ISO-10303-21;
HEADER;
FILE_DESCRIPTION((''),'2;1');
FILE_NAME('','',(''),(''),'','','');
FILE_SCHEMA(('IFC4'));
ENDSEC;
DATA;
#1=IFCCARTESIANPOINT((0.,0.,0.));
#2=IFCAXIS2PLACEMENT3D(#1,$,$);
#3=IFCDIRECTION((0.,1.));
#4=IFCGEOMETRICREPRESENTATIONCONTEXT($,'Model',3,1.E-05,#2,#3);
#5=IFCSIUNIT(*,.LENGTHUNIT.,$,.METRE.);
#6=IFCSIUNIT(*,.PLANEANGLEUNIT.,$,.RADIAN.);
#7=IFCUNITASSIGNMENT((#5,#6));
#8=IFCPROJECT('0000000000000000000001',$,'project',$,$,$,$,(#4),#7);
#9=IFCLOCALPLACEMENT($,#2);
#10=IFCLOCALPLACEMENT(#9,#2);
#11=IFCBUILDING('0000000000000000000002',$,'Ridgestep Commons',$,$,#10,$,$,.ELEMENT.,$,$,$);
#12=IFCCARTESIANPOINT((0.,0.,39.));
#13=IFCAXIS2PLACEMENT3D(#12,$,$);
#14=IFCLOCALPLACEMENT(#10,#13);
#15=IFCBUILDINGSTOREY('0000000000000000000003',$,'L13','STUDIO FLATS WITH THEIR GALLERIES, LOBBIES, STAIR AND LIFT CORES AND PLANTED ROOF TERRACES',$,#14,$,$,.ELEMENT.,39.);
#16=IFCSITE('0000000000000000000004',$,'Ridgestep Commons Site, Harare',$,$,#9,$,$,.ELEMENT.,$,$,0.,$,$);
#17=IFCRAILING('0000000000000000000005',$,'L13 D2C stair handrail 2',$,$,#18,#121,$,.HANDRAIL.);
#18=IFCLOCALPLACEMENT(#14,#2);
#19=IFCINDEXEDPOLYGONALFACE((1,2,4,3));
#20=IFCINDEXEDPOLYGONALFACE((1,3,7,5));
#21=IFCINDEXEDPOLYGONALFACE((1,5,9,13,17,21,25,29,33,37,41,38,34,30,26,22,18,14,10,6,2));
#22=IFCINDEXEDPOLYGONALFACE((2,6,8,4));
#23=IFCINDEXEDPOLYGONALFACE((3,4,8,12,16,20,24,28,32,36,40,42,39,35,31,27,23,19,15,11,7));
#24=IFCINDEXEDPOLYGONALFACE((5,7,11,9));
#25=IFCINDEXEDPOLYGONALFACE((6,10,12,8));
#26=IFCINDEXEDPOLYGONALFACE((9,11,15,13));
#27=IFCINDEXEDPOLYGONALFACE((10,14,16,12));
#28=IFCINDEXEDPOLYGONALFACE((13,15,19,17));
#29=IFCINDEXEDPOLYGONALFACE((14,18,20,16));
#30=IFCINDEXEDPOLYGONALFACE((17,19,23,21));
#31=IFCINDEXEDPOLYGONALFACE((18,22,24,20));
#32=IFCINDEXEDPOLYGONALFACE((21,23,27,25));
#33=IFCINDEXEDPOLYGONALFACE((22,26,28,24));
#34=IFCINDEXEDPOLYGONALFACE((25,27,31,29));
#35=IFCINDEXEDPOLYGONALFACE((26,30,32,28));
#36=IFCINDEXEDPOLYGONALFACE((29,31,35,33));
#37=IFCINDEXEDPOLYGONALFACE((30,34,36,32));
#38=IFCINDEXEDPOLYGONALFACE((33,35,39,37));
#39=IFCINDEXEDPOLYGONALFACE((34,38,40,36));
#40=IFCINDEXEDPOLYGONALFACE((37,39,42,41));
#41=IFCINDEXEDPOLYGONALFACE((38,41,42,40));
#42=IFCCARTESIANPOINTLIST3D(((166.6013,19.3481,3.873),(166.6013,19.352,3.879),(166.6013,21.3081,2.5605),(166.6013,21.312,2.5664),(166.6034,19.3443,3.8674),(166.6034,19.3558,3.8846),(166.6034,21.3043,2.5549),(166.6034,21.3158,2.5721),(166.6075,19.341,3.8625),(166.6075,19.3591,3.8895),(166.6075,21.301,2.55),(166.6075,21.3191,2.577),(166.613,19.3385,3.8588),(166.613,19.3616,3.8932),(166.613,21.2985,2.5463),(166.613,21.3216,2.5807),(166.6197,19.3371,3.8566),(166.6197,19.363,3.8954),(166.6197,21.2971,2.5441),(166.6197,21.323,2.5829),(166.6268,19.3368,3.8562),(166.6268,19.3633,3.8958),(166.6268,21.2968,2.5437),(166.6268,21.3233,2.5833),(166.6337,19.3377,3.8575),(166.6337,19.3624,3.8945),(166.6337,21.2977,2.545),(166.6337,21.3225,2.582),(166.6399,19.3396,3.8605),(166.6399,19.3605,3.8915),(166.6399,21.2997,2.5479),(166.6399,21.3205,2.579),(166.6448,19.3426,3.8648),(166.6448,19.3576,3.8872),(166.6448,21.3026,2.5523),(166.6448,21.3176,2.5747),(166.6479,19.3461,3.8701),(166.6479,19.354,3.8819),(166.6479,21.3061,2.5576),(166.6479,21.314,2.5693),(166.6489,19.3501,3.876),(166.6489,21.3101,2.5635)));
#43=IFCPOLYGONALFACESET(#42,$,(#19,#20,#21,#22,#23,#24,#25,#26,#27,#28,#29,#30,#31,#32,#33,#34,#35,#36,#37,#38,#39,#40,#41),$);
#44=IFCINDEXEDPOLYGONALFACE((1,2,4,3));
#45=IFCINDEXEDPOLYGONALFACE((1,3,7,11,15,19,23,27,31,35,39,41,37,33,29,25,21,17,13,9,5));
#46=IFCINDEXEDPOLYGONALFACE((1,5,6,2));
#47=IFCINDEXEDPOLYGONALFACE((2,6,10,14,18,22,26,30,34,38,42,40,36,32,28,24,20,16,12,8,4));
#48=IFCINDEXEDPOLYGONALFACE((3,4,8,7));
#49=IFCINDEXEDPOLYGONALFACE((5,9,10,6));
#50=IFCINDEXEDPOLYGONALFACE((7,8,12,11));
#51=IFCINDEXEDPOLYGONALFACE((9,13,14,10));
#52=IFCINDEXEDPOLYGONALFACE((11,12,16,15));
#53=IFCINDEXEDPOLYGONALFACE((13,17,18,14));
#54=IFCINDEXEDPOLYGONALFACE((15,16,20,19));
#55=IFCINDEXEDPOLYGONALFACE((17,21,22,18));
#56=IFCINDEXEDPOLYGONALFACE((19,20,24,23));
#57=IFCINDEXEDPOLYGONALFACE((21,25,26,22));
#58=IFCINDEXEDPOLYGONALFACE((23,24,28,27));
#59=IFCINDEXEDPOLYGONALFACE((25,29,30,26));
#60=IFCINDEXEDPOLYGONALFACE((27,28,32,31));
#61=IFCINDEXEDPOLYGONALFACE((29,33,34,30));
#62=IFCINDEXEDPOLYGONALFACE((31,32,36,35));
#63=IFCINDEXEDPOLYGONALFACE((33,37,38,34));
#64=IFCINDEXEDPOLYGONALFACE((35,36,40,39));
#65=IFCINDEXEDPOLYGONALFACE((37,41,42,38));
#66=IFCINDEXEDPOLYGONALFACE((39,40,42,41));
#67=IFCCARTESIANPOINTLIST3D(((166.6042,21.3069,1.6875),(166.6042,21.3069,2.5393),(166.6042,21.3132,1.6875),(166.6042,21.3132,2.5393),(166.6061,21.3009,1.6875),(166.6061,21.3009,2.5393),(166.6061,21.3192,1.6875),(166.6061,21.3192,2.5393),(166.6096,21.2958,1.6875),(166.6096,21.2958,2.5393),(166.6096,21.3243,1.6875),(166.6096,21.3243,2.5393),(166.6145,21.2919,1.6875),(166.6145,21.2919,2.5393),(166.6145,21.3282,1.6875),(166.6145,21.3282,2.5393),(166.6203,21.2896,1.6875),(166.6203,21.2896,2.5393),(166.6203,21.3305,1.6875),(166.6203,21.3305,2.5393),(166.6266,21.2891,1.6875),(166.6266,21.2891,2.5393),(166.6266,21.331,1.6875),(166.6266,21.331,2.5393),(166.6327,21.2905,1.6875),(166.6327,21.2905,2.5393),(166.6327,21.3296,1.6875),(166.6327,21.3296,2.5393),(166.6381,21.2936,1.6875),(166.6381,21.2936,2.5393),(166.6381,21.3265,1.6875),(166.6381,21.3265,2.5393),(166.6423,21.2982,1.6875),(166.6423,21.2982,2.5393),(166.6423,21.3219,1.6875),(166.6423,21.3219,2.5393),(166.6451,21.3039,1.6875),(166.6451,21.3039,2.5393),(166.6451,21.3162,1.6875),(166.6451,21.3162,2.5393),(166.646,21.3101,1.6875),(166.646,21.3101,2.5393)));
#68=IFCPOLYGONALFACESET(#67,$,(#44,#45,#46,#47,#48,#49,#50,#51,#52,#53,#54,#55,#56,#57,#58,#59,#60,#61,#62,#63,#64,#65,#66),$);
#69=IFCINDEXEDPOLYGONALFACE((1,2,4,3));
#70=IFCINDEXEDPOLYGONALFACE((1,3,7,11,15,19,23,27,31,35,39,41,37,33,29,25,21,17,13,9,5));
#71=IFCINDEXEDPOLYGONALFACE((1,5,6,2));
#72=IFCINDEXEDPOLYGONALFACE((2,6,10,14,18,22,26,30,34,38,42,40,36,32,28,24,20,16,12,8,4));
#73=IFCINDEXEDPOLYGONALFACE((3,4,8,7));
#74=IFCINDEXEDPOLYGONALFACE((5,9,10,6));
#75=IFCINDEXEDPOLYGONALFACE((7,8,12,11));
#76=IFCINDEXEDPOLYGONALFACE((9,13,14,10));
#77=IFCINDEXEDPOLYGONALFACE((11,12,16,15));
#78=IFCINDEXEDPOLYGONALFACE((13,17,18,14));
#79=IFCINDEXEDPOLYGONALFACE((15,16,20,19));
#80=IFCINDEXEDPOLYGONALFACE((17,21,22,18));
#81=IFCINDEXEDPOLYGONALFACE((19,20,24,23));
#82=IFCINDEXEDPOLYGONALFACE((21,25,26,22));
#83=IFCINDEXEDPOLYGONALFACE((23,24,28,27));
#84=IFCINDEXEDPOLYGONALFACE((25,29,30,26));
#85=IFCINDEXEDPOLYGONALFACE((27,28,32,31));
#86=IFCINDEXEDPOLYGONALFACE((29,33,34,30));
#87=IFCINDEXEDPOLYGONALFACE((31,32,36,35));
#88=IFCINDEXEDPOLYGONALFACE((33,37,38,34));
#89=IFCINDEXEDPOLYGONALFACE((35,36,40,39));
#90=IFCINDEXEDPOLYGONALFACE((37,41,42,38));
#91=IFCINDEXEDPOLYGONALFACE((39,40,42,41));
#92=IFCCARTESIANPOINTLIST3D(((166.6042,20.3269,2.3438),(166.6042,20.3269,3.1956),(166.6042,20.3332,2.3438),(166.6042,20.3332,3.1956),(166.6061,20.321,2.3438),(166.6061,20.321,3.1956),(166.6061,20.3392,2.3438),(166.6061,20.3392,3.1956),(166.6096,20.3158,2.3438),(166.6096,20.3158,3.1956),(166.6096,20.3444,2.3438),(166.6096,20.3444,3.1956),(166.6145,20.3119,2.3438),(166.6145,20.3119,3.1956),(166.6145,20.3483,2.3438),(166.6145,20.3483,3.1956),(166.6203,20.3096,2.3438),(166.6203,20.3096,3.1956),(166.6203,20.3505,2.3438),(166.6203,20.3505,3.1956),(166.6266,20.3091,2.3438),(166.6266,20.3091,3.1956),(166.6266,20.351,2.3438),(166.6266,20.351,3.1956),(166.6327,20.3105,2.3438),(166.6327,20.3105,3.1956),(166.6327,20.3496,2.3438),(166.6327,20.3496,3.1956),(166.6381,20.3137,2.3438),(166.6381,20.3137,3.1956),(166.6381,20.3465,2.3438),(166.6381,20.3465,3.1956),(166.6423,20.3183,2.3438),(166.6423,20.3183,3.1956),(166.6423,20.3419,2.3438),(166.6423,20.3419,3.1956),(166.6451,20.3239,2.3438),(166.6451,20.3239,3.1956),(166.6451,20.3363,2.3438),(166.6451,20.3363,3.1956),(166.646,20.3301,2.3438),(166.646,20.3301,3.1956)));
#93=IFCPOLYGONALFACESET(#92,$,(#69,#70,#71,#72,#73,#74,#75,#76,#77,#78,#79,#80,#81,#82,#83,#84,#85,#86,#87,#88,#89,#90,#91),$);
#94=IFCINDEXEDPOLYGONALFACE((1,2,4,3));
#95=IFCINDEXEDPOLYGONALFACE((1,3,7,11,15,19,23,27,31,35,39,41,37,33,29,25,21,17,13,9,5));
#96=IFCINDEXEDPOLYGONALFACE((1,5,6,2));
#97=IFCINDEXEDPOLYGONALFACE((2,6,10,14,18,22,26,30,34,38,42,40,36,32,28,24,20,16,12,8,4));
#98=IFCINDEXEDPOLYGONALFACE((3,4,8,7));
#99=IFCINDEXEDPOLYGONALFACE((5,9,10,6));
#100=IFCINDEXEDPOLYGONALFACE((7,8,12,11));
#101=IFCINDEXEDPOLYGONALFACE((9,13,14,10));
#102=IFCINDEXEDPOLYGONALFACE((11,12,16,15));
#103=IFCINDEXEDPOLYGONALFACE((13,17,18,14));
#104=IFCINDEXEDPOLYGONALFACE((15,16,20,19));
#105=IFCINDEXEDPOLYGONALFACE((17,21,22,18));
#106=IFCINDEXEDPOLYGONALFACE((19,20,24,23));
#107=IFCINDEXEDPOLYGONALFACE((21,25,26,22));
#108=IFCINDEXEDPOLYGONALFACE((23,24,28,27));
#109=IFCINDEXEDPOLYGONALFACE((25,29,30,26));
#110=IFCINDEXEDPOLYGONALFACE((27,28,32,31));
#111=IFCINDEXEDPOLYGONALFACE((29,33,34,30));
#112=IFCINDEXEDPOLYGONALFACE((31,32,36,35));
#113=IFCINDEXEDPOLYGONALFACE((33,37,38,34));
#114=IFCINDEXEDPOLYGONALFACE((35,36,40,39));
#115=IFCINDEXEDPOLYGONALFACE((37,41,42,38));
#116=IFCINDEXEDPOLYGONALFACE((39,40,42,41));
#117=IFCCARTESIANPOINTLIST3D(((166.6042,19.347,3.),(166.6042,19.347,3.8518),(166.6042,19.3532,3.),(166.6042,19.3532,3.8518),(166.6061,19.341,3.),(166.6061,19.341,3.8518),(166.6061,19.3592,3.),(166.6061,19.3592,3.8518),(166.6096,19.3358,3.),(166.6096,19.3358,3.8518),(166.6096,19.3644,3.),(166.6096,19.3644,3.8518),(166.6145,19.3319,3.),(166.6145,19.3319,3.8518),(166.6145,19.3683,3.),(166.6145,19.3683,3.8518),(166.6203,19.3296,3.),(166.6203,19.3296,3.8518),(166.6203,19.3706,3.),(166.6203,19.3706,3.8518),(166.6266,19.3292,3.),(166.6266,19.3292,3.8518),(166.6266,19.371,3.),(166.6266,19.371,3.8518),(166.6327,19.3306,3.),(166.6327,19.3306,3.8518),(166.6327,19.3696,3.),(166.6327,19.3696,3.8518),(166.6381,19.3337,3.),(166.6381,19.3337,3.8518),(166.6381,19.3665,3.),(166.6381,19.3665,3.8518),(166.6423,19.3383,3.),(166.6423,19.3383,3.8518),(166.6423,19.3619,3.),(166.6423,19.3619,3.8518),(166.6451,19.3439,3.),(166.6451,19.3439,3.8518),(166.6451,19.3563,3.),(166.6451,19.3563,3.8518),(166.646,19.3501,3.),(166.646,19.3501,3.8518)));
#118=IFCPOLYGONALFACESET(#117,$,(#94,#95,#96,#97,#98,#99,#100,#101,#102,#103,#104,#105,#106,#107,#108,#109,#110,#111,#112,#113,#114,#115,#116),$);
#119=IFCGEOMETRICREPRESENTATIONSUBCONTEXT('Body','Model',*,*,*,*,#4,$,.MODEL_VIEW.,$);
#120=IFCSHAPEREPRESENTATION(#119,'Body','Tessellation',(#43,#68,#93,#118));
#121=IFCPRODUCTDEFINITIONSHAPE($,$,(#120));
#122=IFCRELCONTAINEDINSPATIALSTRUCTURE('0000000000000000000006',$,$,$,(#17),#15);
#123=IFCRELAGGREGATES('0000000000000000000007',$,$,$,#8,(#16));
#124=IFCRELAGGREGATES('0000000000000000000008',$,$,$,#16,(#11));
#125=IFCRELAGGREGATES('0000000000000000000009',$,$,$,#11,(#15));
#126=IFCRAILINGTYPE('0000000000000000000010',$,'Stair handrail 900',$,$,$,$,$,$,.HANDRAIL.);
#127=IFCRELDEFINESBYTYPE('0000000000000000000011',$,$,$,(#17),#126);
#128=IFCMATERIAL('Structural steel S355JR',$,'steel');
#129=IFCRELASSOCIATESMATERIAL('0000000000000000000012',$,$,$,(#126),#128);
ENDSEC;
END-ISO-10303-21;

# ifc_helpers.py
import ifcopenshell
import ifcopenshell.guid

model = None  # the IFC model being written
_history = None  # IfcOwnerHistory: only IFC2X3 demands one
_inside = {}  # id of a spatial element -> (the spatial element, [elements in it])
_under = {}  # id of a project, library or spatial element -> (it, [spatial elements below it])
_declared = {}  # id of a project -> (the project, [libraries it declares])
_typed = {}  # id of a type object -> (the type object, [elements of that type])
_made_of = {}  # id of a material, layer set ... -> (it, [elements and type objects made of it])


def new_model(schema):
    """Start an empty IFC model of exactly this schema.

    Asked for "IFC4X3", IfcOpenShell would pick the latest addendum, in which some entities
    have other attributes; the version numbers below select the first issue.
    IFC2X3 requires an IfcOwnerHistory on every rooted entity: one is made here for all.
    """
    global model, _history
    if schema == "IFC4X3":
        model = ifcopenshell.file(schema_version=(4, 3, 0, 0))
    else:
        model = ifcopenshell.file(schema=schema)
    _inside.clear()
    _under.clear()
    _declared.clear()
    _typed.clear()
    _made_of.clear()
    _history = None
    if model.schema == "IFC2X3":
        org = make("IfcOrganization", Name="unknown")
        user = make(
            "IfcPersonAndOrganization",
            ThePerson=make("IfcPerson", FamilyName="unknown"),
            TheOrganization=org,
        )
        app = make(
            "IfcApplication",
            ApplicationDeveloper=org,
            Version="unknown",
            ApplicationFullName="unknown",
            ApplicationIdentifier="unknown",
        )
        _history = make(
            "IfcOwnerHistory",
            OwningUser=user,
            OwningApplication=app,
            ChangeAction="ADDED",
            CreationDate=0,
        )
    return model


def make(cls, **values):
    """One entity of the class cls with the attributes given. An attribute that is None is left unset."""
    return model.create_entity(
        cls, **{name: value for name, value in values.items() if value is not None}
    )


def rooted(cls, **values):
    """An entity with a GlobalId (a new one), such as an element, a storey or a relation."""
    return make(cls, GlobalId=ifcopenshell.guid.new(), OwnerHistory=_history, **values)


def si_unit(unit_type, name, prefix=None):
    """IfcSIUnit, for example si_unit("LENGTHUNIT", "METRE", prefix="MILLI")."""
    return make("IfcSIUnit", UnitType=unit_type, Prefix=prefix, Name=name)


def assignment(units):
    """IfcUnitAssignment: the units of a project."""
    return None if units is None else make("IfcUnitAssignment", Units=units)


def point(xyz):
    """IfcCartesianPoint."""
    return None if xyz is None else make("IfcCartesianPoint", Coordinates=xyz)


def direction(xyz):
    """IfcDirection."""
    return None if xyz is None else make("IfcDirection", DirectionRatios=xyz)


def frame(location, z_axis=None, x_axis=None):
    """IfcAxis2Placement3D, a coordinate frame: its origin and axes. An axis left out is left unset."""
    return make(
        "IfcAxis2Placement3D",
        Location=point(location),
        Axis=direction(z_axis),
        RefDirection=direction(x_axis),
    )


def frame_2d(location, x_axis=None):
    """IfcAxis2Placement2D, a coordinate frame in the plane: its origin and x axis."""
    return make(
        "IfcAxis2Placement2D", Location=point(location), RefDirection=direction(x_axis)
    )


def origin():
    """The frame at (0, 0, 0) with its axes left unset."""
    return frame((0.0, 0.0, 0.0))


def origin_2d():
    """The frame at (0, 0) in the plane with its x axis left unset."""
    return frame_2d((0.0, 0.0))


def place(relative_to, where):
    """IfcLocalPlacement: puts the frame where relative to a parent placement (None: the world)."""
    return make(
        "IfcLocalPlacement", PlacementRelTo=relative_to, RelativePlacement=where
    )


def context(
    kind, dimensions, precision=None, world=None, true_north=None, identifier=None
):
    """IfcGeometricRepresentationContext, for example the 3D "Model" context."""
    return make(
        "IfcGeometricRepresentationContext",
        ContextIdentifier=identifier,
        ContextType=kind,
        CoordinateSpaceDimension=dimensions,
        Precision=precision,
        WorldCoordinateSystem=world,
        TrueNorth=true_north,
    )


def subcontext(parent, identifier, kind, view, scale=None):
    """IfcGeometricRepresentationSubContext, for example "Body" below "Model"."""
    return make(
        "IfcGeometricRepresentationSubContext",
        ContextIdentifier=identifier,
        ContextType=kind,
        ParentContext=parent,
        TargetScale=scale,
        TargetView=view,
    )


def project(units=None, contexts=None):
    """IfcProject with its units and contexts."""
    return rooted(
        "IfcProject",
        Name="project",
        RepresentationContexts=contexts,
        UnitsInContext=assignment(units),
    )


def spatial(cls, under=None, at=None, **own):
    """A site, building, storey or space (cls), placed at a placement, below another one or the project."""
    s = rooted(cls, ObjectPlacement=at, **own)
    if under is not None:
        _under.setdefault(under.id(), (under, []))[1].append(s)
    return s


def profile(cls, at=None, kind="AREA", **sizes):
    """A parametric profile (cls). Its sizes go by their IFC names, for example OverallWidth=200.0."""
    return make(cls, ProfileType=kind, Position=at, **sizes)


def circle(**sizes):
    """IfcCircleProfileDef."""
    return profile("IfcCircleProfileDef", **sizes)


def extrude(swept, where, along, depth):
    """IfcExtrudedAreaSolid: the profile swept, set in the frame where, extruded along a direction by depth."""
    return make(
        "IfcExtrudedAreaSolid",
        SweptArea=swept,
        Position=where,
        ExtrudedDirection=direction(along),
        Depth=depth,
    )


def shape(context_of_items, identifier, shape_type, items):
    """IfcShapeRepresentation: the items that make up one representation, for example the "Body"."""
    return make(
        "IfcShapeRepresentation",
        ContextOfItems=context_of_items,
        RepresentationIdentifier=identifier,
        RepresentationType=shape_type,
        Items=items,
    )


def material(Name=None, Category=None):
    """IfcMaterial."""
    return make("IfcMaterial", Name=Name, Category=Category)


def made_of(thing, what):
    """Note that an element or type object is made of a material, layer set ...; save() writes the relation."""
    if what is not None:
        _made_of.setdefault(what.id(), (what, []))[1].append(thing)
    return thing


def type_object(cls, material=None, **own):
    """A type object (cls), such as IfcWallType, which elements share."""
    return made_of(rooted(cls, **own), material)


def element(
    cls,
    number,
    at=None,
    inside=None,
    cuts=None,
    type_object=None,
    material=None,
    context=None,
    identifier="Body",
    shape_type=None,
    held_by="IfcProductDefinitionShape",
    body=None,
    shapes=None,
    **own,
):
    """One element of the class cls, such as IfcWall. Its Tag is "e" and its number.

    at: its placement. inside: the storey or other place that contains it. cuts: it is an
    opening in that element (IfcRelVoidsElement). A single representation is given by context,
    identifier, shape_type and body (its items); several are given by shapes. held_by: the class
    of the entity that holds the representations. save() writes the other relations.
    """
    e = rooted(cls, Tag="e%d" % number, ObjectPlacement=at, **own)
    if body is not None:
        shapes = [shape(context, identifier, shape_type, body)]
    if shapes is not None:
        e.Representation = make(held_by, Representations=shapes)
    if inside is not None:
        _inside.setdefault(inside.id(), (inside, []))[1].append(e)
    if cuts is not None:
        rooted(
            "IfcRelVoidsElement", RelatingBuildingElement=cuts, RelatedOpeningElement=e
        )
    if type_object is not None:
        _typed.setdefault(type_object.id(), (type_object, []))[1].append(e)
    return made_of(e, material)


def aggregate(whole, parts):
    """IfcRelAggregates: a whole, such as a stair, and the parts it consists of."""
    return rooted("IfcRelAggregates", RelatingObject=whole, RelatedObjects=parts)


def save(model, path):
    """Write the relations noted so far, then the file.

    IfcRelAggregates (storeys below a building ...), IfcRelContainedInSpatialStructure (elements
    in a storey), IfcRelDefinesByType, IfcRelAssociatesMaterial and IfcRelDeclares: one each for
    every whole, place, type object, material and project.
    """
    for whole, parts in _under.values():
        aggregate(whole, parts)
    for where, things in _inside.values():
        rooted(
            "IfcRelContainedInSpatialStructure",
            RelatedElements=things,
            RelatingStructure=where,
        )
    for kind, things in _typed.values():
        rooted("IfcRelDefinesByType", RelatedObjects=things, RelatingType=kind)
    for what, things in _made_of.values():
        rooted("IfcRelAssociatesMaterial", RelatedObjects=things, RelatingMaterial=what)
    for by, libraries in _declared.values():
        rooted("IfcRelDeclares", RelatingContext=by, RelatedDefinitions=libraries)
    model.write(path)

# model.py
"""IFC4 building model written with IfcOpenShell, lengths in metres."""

from ifc_helpers import new_model, si_unit, direction, frame, origin, origin_2d, place, context, subcontext, project, spatial, circle, extrude, material, type_object, element, save


model = new_model("IFC4")

# Units and contexts
model_context = context("Model", 3, precision=1e-05, world=origin(), true_north=direction((0.0, 1.0)))
body_context = subcontext(model_context, "Body", "Model", "MODEL_VIEW")
ifc_project = project(units=[si_unit("LENGTHUNIT", "METRE"), si_unit("PLANEANGLEUNIT", "RADIAN")], contexts=[model_context])

# Site, building, storey
site_placement = place(None, origin())
site = spatial("IfcSite", under=ifc_project, at=site_placement, Name="Ridgestep Commons Site, Harare", CompositionType="ELEMENT", RefElevation=0.0)
building_placement = place(site_placement, origin())
building = spatial("IfcBuilding", under=site, at=building_placement, Name="Ridgestep Commons", CompositionType="ELEMENT")
storey_placement = place(building_placement, frame((0.0, 0.0, 39.0)))
storey = spatial("IfcBuildingStorey", under=building, at=storey_placement, Name="L13", Description="STUDIO FLATS WITH THEIR GALLERIES, LOBBIES, STAIR AND LIFT CORES AND PLANTED ROOF TERRACES", CompositionType="ELEMENT", Elevation=39.0)

# Railing
ifc_material_1 = material(Name="Structural steel S355JR", Category="steel")
railing_type_1 = type_object("IfcRailingType", Name="Stair handrail 900", PredefinedType="HANDRAIL", material=ifc_material_1)
railing_1_placement = place(storey_placement, frame((166.625, 21.3101, 1.6875)))
element("IfcRailing", 1, at=railing_1_placement, inside=storey, type_object=railing_type_1, Name="L13 D2C stair handrail 2", PredefinedType="HANDRAIL", context=body_context, shape_type="SweptSolid", body=[
    extrude(circle(Radius=0.0239, at=origin_2d()), frame((0.0, 0.0, 0.876), z_axis=(0.0, -0.830902, 0.556419), x_axis=(1.0, 0.0, 0.0)), (0.0, 0.0, 1.0), 2.3589),
    extrude(circle(Radius=0.021, at=origin_2d()), origin(), (0.0, 0.0, 1.0), 0.8518),
    extrude(circle(Radius=0.021, at=origin_2d()), frame((0.0, -0.98, 0.6562)), (0.0, 0.0, 1.0), 0.8518),
    extrude(circle(Radius=0.021, at=origin_2d()), frame((0.0, -1.96, 1.3125)), (0.0, 0.0, 1.0), 0.8518),
])

save(model, "model.ifc")
